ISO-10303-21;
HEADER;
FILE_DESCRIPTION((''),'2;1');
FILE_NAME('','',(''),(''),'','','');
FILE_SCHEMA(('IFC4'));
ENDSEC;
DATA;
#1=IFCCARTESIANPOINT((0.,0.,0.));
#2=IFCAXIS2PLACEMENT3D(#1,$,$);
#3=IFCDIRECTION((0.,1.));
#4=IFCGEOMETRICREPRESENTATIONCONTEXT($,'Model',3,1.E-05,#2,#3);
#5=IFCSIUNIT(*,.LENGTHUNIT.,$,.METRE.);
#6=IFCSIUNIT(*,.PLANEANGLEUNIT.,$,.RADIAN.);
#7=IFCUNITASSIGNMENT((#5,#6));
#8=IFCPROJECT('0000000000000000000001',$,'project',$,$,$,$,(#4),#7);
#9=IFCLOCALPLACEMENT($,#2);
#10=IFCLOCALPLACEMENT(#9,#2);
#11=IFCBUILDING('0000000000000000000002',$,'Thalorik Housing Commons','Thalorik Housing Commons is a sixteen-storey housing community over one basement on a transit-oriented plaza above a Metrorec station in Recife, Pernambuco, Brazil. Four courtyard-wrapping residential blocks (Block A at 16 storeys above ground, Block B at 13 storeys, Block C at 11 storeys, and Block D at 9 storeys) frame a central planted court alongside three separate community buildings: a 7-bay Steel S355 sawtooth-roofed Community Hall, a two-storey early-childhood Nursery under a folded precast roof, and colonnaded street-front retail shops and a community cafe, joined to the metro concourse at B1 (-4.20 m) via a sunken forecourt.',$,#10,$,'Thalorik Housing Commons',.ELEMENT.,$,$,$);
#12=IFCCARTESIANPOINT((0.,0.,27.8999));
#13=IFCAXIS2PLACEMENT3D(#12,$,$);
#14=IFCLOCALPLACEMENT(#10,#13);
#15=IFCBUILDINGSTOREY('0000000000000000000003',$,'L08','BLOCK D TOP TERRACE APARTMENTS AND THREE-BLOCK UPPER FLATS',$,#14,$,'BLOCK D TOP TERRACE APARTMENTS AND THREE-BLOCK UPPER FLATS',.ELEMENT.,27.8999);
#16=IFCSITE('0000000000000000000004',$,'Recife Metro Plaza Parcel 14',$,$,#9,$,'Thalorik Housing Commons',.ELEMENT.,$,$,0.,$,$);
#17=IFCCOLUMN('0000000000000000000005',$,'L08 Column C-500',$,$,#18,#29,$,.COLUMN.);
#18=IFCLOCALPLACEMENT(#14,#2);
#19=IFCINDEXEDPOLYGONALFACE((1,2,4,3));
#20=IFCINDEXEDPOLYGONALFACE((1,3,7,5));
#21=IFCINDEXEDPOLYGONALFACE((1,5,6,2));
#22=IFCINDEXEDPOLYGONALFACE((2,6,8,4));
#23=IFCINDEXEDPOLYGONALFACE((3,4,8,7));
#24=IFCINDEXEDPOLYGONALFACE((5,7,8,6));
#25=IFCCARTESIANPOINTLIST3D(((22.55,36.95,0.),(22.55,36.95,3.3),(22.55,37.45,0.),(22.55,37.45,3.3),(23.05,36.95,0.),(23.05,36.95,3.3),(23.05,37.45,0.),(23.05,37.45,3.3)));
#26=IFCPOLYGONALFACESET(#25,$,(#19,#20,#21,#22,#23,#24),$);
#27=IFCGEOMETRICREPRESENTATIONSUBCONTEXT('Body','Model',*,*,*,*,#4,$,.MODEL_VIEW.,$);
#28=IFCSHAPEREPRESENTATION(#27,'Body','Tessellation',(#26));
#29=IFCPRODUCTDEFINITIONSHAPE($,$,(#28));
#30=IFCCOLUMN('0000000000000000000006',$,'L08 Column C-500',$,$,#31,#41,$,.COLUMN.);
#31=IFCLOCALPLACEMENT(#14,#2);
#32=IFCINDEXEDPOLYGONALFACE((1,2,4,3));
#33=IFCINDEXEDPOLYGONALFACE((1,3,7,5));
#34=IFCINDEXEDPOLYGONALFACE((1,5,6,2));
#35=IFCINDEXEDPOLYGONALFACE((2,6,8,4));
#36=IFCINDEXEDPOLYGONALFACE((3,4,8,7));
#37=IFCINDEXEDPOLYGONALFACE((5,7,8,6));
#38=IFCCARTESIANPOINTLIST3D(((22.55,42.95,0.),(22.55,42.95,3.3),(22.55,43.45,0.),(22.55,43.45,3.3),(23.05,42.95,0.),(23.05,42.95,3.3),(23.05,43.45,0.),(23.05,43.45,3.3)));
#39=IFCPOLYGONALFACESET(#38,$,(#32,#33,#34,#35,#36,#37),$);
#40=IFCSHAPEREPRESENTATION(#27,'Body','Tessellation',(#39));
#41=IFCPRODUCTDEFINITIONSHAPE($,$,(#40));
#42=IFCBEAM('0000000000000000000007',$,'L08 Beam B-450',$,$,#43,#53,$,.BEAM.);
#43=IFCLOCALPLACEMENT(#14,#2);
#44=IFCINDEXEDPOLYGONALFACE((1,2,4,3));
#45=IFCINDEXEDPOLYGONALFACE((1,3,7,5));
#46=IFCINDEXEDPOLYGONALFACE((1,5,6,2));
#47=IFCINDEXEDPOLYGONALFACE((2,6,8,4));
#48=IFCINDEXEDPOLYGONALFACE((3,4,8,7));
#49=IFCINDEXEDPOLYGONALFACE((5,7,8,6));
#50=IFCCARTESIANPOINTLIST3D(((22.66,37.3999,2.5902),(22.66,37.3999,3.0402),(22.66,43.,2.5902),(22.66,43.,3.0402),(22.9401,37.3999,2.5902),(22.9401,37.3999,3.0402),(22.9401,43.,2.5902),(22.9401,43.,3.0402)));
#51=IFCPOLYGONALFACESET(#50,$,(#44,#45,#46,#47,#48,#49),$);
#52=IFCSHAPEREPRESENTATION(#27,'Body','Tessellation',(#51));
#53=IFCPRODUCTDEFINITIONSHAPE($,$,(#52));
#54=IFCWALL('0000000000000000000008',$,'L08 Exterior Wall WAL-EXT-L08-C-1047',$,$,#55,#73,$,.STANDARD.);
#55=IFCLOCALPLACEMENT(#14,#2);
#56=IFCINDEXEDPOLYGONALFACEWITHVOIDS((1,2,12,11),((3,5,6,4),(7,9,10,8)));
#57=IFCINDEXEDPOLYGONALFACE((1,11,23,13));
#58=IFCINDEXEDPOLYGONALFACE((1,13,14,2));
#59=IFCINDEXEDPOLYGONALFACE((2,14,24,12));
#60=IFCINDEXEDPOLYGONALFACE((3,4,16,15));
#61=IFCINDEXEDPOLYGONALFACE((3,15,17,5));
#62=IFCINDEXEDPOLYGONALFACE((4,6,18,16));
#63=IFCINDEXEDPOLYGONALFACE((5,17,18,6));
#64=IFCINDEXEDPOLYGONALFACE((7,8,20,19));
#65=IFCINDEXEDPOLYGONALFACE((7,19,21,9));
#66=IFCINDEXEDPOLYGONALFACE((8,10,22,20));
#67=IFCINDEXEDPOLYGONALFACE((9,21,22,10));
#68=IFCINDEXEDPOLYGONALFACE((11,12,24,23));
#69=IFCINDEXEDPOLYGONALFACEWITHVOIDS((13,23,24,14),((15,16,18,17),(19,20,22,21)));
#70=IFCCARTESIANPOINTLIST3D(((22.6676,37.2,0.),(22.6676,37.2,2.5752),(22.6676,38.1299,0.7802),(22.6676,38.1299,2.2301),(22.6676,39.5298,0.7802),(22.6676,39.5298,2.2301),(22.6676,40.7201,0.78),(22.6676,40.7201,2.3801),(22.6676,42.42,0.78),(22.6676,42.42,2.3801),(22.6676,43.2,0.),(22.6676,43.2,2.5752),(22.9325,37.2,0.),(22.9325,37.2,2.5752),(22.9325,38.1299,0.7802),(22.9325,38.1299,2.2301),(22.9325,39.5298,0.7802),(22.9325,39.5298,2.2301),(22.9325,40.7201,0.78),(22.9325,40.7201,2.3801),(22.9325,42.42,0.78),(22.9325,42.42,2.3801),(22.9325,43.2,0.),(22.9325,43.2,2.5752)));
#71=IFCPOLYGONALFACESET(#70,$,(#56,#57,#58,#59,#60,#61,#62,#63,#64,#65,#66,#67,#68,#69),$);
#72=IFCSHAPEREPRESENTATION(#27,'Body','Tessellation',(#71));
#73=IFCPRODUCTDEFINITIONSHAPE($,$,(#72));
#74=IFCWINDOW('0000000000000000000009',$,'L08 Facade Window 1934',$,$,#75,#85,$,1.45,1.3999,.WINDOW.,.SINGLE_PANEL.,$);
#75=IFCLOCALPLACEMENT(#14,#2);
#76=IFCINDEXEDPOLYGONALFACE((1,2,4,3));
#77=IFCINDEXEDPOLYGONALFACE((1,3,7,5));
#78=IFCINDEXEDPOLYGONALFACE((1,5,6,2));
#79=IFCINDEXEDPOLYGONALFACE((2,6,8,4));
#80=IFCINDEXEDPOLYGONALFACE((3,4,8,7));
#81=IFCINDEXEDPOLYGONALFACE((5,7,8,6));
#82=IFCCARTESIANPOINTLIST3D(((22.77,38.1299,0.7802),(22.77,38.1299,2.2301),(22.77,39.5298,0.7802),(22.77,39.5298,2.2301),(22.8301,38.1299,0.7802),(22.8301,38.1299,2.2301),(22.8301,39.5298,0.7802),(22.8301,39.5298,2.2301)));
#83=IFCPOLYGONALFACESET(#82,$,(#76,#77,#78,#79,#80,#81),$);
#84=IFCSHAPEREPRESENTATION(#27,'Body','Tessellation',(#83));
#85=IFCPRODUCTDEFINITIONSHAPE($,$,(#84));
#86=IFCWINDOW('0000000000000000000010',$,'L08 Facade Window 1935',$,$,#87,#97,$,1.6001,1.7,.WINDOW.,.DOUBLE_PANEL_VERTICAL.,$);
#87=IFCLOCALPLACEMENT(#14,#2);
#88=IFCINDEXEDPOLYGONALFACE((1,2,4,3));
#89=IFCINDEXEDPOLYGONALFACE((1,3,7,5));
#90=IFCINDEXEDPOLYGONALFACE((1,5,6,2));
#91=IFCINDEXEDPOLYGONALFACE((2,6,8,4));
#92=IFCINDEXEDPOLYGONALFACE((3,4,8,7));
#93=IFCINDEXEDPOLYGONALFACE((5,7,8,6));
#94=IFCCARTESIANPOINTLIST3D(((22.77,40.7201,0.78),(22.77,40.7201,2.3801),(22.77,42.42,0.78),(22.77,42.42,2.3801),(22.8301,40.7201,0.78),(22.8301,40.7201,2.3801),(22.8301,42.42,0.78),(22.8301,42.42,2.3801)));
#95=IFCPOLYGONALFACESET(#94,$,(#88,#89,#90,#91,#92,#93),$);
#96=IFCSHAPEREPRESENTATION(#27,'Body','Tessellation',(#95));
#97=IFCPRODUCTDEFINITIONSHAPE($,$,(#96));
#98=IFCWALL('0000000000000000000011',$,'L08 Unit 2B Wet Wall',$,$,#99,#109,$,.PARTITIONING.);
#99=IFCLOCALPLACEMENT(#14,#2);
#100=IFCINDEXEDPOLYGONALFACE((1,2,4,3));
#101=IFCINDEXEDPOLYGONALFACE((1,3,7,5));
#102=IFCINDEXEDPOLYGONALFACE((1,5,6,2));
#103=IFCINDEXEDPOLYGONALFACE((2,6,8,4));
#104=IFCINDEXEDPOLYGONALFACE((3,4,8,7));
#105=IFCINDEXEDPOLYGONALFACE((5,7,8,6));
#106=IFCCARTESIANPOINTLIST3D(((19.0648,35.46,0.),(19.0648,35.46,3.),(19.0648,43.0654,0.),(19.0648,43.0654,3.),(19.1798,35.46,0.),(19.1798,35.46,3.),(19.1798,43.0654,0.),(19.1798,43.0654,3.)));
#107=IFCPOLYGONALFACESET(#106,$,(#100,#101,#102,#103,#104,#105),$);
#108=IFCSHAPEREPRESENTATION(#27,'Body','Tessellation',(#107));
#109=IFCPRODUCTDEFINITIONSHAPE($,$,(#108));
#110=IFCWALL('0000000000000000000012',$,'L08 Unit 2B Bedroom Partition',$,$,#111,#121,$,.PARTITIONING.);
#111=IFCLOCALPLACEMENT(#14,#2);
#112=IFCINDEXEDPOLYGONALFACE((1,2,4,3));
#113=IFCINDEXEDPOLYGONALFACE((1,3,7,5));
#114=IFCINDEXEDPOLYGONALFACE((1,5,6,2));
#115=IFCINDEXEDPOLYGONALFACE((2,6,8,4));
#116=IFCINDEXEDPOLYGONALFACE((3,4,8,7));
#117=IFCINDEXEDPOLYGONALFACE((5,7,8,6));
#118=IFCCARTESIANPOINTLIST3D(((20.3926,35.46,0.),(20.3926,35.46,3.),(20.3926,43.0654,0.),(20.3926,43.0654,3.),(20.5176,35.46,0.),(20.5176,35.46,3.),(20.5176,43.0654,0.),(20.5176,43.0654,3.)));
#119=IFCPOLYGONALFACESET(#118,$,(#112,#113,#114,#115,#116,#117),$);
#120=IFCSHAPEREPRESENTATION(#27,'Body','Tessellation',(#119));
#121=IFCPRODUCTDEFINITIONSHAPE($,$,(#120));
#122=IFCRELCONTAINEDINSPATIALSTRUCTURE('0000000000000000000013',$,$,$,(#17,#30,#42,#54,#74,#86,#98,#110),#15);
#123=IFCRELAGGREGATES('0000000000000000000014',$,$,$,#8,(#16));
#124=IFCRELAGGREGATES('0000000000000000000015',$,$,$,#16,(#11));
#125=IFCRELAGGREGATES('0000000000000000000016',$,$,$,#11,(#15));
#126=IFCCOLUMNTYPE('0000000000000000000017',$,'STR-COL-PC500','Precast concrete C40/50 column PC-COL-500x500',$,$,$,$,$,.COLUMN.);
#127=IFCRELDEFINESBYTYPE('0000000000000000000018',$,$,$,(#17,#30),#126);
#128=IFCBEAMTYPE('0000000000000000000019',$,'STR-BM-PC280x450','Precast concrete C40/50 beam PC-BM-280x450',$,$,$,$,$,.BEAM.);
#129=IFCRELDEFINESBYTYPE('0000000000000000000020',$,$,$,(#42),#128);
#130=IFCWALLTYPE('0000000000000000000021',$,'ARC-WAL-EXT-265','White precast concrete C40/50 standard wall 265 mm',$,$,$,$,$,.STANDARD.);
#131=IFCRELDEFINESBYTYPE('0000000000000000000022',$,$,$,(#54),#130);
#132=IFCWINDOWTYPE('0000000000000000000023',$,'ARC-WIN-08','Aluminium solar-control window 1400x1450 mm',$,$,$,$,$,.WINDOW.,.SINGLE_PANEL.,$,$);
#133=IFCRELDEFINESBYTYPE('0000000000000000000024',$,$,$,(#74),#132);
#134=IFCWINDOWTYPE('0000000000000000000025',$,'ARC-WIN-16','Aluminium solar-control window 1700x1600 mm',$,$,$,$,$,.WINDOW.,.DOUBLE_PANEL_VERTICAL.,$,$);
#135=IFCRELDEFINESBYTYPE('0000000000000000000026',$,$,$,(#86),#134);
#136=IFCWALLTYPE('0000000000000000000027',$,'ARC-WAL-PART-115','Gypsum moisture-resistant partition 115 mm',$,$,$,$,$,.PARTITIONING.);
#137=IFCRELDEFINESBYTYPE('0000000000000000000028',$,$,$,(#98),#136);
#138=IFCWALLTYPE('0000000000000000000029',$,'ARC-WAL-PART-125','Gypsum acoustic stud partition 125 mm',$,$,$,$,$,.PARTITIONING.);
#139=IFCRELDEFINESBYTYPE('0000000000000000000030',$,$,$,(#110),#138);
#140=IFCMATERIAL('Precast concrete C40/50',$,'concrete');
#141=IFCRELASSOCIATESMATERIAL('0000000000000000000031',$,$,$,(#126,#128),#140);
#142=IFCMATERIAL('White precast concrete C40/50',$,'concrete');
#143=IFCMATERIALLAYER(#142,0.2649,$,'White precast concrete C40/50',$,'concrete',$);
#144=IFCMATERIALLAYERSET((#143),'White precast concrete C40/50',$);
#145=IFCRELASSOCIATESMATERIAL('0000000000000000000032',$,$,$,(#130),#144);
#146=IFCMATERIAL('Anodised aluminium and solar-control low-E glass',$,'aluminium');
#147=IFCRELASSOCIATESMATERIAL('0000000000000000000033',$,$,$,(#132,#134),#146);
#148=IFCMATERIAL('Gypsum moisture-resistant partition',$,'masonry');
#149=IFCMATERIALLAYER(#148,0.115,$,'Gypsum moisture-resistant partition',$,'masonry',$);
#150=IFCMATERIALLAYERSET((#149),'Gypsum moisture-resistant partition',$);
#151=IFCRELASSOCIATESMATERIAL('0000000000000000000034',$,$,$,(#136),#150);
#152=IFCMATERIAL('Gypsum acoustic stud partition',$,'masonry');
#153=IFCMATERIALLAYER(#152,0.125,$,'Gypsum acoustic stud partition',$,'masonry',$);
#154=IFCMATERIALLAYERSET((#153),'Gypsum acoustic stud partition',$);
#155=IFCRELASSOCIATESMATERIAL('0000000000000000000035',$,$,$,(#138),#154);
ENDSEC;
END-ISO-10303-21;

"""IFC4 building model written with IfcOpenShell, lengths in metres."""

from ifc_helpers import new_model, si_unit, direction, frame, frame_2d, origin, origin_2d, place, context, subcontext, project, spatial, rectangle, extrude, material, layer, layer_set, material_profile, profile_set, type_object, element, fill, save


model = new_model("IFC4")

# Units and contexts
model_context = context("Model", 3, precision=1e-05, world=origin(), true_north=direction((0.0, 1.0)))
body_context = subcontext(model_context, "Body", "Model", "MODEL_VIEW")
ifc_project = project(units=[si_unit("LENGTHUNIT", "METRE"), si_unit("PLANEANGLEUNIT", "RADIAN")], contexts=[model_context])

# Site, building, storey
site_placement = place(None, origin())
site = spatial("IfcSite", under=ifc_project, at=site_placement, Name="Recife Metro Plaza Parcel 14", LongName="Thalorik Housing Commons", CompositionType="ELEMENT", RefElevation=0.0)
building_placement = place(site_placement, origin())
building = spatial("IfcBuilding", under=site, at=building_placement, Name="Thalorik Housing Commons", Description="Thalorik Housing Commons is a sixteen-storey housing community over one basement on a transit-oriented plaza above a Metrorec station in Recife, Pernambuco, Brazil. Four courtyard-wrapping residential blocks (Block A at 16 storeys above ground, Block B at 13 storeys, Block C at 11 storeys, and Block D at 9 storeys) frame a central planted court alongside three separate community buildings: a 7-bay Steel S355 sawtooth-roofed Community Hall, a two-storey early-childhood Nursery under a folded precast roof, and colonnaded street-front retail shops and a community cafe, joined to the metro concourse at B1 (-4.20 m) via a sunken forecourt.", LongName="Thalorik Housing Commons", CompositionType="ELEMENT")
storey_placement = place(building_placement, frame((0.0, 0.0, 27.8999)))
storey = spatial("IfcBuildingStorey", under=building, at=storey_placement, Name="L08", Description="BLOCK D TOP TERRACE APARTMENTS AND THREE-BLOCK UPPER FLATS", LongName="BLOCK D TOP TERRACE APARTMENTS AND THREE-BLOCK UPPER FLATS", CompositionType="ELEMENT", Elevation=27.8999)

# Columns
ifc_material_1 = material(Name="Precast concrete C40/50", Category="concrete")
ifc_material_profile_1 = material_profile(ifc_material_1, rectangle(XDim=0.5, YDim=0.5, at=origin_2d()), Name="PC 500x500", Category="concrete")
ifc_profile_set_1 = profile_set([ifc_material_profile_1], Name="Precast concrete C40/50")
column_type = type_object("IfcColumnType", Name="STR-COL-PC500", Description="Precast concrete C40/50 column PC-COL-500x500", PredefinedType="COLUMN", material=ifc_profile_set_1)
for number, where, z_axis, x_axis, name in (
    (1, (22.8, 37.2, 0.0), (0.0, 0.0, 1.0), (1.0, 0.0, 0.0), "L08 Column C-500"),
    (2, (22.8, 43.2, 0.0), (0.0, 0.0, 1.0), (1.0, 0.0, 0.0), "L08 Column C-500"),
):
    element("IfcColumn", number, at=place(storey_placement, frame(where, z_axis=z_axis, x_axis=x_axis)), inside=storey, type_object=column_type, Name=name, PredefinedType="COLUMN", context=body_context, shape_type="SweptSolid", body=[
        extrude(rectangle(XDim=0.5, YDim=0.5, at=origin_2d()), origin(), (0.0, 0.0, 1.0), 3.3),
    ])

# Beam
ifc_material_profile_2 = material_profile(ifc_material_1, rectangle(XDim=0.28, YDim=0.45, at=origin_2d()), Name="PC 280x450", Category="concrete")
ifc_profile_set_2 = profile_set([ifc_material_profile_2], Name="Precast concrete C40/50")
beam_type = type_object("IfcBeamType", Name="STR-BM-PC280x450", Description="Precast concrete C40/50 beam PC-BM-280x450", PredefinedType="BEAM", material=ifc_profile_set_2)
beam_placement = place(storey_placement, frame((22.8, 37.3999, 2.8152), z_axis=(0.0, 1.0, 0.0), x_axis=(-1.0, 0.0, 0.0)))
element("IfcBeam", 3, at=beam_placement, inside=storey, type_object=beam_type, Name="L08 Beam B-450", PredefinedType="BEAM", context=body_context, shape_type="SweptSolid", body=[
    extrude(rectangle(XDim=0.28, YDim=0.45, at=origin_2d()), origin(), (0.0, 0.0, 1.0), 5.6001),
])

# Wall, openings, windows
ifc_material_2 = material(Name="White precast concrete C40/50", Category="concrete")
ifc_layer_1 = layer(ifc_material_2, 0.2649, Name="White precast concrete C40/50", Category="concrete")
ifc_layer_set_1 = layer_set([ifc_layer_1], Name="White precast concrete C40/50")
wall_type_1 = type_object("IfcWallType", Name="ARC-WAL-EXT-265", Description="White precast concrete C40/50 standard wall 265 mm", PredefinedType="STANDARD", material=ifc_layer_set_1)
wall_1_placement = place(storey_placement, frame((22.8, 37.2, 0.0), z_axis=(0.0, 0.0, 1.0), x_axis=(0.0, 1.0, 0.0)))
wall_1 = element("IfcWall", 4, at=wall_1_placement, inside=storey, type_object=wall_type_1, Name="L08 Exterior Wall WAL-EXT-L08-C-1047", PredefinedType="STANDARD", context=body_context, shape_type="SweptSolid", body=[
    extrude(rectangle(XDim=6.0, YDim=0.2649, at=frame_2d((3.0, 0.0))), origin(), (0.0, 0.0, 1.0), 2.5752),
])
opening_1_placement = place(wall_1_placement, frame((0.9299, 0.0, 0.78)))
opening_1 = element("IfcOpeningElement", 5, at=opening_1_placement, cuts=wall_1, PredefinedType="OPENING", context=body_context, shape_type="SweptSolid", body=[
    extrude(rectangle(XDim=1.3999, YDim=1.45, at=frame_2d((0.7, 0.7251))), frame((0.0, 0.1426, 0.0), z_axis=(0.0, -1.0, 0.0), x_axis=(1.0, 0.0, 0.0)), (0.0, 0.0, 1.0), 0.2849),
])
opening_2_placement = place(wall_1_placement, frame((3.52, 0.0, 0.78)))
opening_2 = element("IfcOpeningElement", 6, at=opening_2_placement, cuts=wall_1, PredefinedType="OPENING", context=body_context, shape_type="SweptSolid", body=[
    extrude(rectangle(XDim=1.7, YDim=1.6001, at=frame_2d((0.8501, 0.8))), frame((0.0, 0.1426, 0.0), z_axis=(0.0, -1.0, 0.0), x_axis=(1.0, 0.0, 0.0)), (0.0, 0.0, 1.0), 0.2849),
])
ifc_material_3 = material(Name="Anodised aluminium and solar-control low-E glass", Category="aluminium")
window_type_1 = type_object("IfcWindowType", Name="ARC-WIN-08", Description="Aluminium solar-control window 1400x1450 mm", PartitioningType="SINGLE_PANEL", PredefinedType="WINDOW", material=ifc_material_3)
window_1_placement = place(opening_1_placement, origin())
window_1 = element("IfcWindow", 7, at=window_1_placement, inside=storey, type_object=window_type_1, Name="L08 Facade Window 1934", OverallHeight=1.45, OverallWidth=1.3999, PartitioningType="SINGLE_PANEL", PredefinedType="WINDOW", context=body_context, shape_type="SweptSolid", body=[
    extrude(rectangle(XDim=1.3999, YDim=1.45, at=frame_2d((0.7, 0.7251))), frame((0.0, 0.03, 0.0), z_axis=(0.0, -1.0, 0.0), x_axis=(1.0, 0.0, 0.0)), (0.0, 0.0, 1.0), 0.0601),
])
fill(opening_1, window_1)
window_type_2 = type_object("IfcWindowType", Name="ARC-WIN-16", Description="Aluminium solar-control window 1700x1600 mm", PartitioningType="DOUBLE_PANEL_VERTICAL", PredefinedType="WINDOW", material=ifc_material_3)
window_2_placement = place(opening_2_placement, origin())
window_2 = element("IfcWindow", 8, at=window_2_placement, inside=storey, type_object=window_type_2, Name="L08 Facade Window 1935", OverallHeight=1.6001, OverallWidth=1.7, PartitioningType="DOUBLE_PANEL_VERTICAL", PredefinedType="WINDOW", context=body_context, shape_type="SweptSolid", body=[
    extrude(rectangle(XDim=1.7, YDim=1.6001, at=frame_2d((0.8501, 0.8))), frame((0.0, 0.03, 0.0), z_axis=(0.0, -1.0, 0.0), x_axis=(1.0, 0.0, 0.0)), (0.0, 0.0, 1.0), 0.0601),
])
fill(opening_2, window_2)

# Walls
ifc_material_4 = material(Name="Gypsum moisture-resistant partition", Category="masonry")
ifc_layer_2 = layer(ifc_material_4, 0.115, Name="Gypsum moisture-resistant partition", Category="masonry")
ifc_layer_set_2 = layer_set([ifc_layer_2], Name="Gypsum moisture-resistant partition")
wall_type_2 = type_object("IfcWallType", Name="ARC-WAL-PART-115", Description="Gypsum moisture-resistant partition 115 mm", PredefinedType="PARTITIONING", material=ifc_layer_set_2)
wall_2_placement = place(storey_placement, frame((19.1223, 35.46, 0.0), z_axis=(0.0, 0.0, 1.0), x_axis=(0.0, 1.0, 0.0)))
element("IfcWall", 9, at=wall_2_placement, inside=storey, type_object=wall_type_2, Name="L08 Unit 2B Wet Wall", PredefinedType="PARTITIONING", context=body_context, shape_type="SweptSolid", body=[
    extrude(rectangle(XDim=7.6055, YDim=0.115, at=frame_2d((3.8027, 0.0))), origin(), (0.0, 0.0, 1.0), 3.0),
])
ifc_material_5 = material(Name="Gypsum acoustic stud partition", Category="masonry")
ifc_layer_3 = layer(ifc_material_5, 0.125, Name="Gypsum acoustic stud partition", Category="masonry")
ifc_layer_set_3 = layer_set([ifc_layer_3], Name="Gypsum acoustic stud partition")
wall_type_3 = type_object("IfcWallType", Name="ARC-WAL-PART-125", Description="Gypsum acoustic stud partition 125 mm", PredefinedType="PARTITIONING", material=ifc_layer_set_3)
wall_3_placement = place(storey_placement, frame((20.4551, 35.46, 0.0), z_axis=(0.0, 0.0, 1.0), x_axis=(0.0, 1.0, 0.0)))
element("IfcWall", 10, at=wall_3_placement, inside=storey, type_object=wall_type_3, Name="L08 Unit 2B Bedroom Partition", PredefinedType="PARTITIONING", context=body_context, shape_type="SweptSolid", body=[
    extrude(rectangle(XDim=7.6055, YDim=0.125, at=frame_2d((3.8027, 0.0))), origin(), (0.0, 0.0, 1.0), 3.0),
])

save(model, "model.ifc")
